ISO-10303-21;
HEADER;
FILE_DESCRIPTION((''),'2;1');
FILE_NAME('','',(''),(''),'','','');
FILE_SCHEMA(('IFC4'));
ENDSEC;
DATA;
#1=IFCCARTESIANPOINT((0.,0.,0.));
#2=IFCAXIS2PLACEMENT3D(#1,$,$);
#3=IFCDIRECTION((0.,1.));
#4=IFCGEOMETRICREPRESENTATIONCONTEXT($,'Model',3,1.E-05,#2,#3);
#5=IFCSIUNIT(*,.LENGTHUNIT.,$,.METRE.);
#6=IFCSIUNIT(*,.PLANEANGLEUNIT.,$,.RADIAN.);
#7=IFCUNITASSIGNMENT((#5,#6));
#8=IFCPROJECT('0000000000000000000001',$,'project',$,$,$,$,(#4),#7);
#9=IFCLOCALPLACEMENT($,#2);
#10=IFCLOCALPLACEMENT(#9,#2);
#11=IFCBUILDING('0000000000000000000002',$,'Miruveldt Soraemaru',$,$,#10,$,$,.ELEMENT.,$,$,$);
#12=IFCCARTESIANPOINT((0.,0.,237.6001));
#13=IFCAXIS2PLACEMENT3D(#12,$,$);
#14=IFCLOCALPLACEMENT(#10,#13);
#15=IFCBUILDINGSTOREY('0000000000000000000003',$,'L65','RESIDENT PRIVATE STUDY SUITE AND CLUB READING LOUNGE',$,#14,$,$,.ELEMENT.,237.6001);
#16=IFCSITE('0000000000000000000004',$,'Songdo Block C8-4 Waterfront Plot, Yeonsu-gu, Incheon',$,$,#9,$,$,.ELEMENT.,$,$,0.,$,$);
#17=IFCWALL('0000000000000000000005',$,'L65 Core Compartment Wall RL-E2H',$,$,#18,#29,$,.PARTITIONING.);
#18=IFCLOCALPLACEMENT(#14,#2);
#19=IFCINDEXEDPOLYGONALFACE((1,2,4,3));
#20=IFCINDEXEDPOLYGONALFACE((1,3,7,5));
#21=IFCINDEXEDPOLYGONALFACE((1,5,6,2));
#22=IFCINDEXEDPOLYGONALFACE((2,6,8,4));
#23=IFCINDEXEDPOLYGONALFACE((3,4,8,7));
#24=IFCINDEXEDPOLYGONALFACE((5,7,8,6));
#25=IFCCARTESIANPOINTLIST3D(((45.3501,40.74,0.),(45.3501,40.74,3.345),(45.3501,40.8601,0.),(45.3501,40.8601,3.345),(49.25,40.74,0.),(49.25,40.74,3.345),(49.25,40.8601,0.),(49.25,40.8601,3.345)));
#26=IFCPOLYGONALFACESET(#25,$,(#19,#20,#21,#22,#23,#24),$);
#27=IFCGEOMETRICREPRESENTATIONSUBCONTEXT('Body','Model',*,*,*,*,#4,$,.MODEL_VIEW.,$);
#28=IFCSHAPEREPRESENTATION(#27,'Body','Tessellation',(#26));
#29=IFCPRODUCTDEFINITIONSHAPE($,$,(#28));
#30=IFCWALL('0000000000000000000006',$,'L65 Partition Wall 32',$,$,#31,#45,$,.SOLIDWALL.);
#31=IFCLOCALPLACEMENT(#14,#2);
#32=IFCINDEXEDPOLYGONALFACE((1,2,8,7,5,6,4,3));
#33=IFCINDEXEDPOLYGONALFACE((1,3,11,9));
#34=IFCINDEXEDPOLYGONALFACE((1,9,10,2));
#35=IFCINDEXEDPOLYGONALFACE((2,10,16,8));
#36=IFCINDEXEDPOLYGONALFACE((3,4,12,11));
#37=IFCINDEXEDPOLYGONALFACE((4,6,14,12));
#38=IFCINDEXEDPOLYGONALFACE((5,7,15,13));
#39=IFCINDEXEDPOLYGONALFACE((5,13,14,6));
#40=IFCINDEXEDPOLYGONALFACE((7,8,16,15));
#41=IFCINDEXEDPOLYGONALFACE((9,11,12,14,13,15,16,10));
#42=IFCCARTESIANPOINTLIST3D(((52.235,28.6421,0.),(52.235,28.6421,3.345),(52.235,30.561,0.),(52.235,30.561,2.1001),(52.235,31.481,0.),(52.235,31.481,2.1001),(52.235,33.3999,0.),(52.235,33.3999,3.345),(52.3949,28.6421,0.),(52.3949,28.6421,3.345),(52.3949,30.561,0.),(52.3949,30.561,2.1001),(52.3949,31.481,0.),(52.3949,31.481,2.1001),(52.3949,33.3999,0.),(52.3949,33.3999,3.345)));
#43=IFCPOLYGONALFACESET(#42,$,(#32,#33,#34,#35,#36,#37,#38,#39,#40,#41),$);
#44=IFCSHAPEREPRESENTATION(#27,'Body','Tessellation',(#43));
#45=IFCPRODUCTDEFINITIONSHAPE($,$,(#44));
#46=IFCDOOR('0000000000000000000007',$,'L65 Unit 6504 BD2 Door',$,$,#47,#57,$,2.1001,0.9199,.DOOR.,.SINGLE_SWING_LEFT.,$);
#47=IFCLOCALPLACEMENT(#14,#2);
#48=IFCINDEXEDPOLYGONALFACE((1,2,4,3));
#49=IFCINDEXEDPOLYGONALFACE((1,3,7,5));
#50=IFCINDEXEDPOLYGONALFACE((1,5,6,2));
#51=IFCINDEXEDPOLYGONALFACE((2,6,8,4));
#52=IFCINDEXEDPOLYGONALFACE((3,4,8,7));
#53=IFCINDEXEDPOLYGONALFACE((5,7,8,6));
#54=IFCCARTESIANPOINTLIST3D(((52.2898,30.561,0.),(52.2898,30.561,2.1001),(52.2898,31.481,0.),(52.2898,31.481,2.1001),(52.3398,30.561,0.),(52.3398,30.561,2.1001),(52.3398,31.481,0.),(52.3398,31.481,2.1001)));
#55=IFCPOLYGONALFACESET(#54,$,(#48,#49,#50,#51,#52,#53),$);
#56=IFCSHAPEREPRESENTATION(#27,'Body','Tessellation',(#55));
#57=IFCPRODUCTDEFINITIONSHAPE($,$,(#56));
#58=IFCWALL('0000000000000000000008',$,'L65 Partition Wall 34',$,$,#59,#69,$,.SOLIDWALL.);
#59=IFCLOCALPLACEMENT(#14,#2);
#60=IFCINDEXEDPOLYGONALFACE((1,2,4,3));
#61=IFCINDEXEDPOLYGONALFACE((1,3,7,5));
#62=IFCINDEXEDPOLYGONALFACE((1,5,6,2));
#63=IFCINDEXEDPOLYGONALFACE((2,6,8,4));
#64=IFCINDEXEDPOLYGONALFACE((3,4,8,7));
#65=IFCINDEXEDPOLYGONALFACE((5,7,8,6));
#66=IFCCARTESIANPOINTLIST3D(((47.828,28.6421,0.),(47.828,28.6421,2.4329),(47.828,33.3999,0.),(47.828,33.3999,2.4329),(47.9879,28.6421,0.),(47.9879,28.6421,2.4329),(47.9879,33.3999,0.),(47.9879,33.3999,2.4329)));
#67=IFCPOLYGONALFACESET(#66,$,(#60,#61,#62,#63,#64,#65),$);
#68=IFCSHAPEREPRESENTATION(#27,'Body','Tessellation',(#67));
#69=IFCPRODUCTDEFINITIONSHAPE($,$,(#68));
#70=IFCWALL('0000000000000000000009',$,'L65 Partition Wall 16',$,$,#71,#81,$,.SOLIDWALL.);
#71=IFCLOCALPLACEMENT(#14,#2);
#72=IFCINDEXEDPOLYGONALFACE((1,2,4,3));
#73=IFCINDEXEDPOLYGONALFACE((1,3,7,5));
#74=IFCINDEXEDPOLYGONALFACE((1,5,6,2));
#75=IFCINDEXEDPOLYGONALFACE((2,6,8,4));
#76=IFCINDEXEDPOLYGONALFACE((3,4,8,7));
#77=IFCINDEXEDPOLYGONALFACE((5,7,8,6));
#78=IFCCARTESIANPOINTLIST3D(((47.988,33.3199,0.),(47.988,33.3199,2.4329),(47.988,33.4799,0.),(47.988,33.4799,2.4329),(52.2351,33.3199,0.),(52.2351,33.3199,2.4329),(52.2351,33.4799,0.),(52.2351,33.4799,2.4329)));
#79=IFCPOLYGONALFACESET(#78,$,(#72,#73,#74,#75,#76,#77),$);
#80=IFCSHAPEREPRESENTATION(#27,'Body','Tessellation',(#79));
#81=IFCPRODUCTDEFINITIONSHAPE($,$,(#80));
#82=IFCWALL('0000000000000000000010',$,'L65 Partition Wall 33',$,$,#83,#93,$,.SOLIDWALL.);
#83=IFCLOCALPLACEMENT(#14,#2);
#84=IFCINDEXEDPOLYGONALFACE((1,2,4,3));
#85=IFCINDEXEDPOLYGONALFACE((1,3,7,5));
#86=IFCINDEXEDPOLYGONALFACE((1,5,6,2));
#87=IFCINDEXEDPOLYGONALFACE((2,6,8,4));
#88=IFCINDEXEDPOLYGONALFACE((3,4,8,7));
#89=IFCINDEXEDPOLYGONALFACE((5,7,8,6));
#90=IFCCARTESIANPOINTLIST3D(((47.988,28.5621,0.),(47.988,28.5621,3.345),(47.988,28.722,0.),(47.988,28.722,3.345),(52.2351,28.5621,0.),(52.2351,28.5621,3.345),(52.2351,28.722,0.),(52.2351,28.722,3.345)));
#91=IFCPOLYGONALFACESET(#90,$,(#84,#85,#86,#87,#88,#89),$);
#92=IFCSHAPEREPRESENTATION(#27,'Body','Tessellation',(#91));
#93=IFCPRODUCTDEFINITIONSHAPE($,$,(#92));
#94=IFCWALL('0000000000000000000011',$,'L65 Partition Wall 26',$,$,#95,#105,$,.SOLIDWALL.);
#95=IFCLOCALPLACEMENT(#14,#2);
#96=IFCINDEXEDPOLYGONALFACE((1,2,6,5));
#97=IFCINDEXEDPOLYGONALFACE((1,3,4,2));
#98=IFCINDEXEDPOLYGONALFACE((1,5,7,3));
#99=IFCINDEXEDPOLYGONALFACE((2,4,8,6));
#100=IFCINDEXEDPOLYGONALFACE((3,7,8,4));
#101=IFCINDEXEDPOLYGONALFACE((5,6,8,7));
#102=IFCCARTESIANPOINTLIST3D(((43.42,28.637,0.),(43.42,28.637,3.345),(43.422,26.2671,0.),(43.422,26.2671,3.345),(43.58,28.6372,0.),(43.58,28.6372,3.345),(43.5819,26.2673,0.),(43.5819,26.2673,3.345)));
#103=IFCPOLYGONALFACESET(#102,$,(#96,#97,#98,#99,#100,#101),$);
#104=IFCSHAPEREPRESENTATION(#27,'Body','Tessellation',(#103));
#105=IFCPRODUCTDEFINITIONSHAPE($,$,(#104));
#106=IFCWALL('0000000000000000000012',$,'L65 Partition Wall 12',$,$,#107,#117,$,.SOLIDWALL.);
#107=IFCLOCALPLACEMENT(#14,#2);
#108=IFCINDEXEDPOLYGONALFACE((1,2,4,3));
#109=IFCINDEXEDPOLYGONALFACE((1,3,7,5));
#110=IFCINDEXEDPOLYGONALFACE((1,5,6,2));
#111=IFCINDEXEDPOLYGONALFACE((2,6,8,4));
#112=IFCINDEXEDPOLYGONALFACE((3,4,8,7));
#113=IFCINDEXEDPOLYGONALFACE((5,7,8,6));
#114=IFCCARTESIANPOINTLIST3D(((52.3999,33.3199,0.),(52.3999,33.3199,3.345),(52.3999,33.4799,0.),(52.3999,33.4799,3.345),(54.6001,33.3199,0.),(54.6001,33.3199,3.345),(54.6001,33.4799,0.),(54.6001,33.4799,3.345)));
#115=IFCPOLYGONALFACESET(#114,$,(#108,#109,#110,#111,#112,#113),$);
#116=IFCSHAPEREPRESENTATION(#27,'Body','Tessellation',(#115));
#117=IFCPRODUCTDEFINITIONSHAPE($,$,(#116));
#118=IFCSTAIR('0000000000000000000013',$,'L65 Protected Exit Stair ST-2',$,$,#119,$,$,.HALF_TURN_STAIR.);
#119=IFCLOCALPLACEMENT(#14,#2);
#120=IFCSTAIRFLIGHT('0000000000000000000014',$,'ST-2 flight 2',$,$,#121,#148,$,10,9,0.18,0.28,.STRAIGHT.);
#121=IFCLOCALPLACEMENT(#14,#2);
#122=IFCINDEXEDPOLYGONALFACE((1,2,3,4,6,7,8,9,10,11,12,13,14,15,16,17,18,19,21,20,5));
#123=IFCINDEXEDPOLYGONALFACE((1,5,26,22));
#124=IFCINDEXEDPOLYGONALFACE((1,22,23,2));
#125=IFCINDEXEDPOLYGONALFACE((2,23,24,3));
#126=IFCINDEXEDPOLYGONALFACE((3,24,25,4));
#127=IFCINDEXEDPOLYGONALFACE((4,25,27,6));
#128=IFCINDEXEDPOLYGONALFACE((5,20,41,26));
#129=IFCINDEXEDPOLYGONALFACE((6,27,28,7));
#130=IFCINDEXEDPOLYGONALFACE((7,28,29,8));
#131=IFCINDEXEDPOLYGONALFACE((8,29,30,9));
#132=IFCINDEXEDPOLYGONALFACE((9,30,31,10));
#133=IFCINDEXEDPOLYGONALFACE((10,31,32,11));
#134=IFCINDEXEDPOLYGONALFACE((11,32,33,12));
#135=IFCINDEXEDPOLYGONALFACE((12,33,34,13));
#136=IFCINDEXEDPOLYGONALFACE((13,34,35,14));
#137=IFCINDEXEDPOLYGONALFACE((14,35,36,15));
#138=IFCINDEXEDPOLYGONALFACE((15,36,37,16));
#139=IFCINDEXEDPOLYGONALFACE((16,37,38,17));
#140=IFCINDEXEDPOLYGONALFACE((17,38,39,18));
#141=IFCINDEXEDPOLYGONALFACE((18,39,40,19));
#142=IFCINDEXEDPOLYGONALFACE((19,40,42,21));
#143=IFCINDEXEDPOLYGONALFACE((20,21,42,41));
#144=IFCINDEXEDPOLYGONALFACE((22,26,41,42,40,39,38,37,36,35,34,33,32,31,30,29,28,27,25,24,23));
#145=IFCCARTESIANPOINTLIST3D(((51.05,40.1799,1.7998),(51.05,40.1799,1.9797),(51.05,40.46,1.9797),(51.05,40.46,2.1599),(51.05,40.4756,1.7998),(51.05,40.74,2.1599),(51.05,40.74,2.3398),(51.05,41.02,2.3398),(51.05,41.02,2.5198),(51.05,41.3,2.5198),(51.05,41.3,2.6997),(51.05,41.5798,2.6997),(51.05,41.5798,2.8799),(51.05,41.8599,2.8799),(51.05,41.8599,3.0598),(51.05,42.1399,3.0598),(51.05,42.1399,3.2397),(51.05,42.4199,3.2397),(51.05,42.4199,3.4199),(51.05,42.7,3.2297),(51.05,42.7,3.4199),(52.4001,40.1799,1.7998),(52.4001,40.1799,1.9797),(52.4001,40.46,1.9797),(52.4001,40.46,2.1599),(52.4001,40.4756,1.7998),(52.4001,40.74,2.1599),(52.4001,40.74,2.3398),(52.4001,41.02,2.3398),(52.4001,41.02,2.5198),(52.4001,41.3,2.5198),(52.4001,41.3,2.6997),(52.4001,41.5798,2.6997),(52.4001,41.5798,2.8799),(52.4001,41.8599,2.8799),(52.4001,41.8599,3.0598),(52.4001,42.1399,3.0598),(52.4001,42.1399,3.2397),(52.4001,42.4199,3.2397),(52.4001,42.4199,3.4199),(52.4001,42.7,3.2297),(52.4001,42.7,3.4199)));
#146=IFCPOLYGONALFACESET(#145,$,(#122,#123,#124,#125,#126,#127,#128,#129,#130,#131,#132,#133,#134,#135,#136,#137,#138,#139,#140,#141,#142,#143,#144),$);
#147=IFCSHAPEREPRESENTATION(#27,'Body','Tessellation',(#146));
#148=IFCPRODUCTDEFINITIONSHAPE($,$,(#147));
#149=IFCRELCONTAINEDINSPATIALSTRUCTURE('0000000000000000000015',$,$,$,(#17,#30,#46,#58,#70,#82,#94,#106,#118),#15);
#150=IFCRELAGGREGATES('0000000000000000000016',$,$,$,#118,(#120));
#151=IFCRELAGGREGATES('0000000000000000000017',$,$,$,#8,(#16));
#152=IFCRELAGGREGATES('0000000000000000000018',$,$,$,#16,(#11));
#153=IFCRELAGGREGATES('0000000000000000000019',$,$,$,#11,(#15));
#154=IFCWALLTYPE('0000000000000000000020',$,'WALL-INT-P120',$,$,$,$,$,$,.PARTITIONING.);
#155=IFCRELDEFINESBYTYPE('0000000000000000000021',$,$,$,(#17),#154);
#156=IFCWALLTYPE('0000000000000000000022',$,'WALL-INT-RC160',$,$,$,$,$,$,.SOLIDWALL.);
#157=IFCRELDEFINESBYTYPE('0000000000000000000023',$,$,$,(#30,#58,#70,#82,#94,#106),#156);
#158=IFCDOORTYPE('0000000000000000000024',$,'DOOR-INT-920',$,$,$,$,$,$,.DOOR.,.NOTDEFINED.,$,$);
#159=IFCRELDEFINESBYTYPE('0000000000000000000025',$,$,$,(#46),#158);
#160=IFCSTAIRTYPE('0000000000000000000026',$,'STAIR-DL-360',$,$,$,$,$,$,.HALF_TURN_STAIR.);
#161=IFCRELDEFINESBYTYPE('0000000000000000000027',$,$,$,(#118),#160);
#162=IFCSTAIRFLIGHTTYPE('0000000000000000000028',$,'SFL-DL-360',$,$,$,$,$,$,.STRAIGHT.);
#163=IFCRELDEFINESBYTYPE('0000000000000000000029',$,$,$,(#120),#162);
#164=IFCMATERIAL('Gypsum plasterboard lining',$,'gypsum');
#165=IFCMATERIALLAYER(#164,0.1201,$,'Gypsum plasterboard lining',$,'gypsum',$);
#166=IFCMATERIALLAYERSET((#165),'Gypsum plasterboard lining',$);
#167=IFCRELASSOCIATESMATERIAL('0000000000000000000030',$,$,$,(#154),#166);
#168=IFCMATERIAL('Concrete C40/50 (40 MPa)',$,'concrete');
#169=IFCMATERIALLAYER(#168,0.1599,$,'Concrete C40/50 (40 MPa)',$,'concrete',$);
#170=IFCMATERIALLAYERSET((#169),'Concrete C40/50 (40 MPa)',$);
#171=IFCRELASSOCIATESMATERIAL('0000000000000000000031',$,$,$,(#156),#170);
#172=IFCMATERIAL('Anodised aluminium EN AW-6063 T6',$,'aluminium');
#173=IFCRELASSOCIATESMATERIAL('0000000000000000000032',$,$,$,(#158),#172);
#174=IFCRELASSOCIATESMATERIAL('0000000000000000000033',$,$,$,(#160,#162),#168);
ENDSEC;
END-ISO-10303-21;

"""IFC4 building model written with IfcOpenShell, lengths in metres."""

from ifc_helpers import new_model, si_unit, direction, frame, frame_2d, origin, place, context, subcontext, project, spatial, polyline, rectangle, outline, extrude, material, layer, layer_set, type_object, element, fill, aggregate, save


model = new_model("IFC4")

# Units and contexts
model_context = context("Model", 3, precision=1e-05, world=origin(), true_north=direction((0.0, 1.0)))
body_context = subcontext(model_context, "Body", "Model", "MODEL_VIEW")
ifc_project = project(units=[si_unit("LENGTHUNIT", "METRE"), si_unit("PLANEANGLEUNIT", "RADIAN")], contexts=[model_context])

# Site, building, storey
site_placement = place(None, origin())
site = spatial("IfcSite", under=ifc_project, at=site_placement, Name="Songdo Block C8-4 Waterfront Plot, Yeonsu-gu, Incheon", CompositionType="ELEMENT", RefElevation=0.0)
building_placement = place(site_placement, origin())
building = spatial("IfcBuilding", under=site, at=building_placement, Name="Miruveldt Soraemaru", CompositionType="ELEMENT")
storey_placement = place(building_placement, frame((0.0, 0.0, 237.6001)))
storey = spatial("IfcBuildingStorey", under=building, at=storey_placement, Name="L65", Description="RESIDENT PRIVATE STUDY SUITE AND CLUB READING LOUNGE", CompositionType="ELEMENT", Elevation=237.6001)

# Shared definitions
ifc_material_1 = material(Name="Gypsum plasterboard lining", Category="gypsum")
ifc_layer_1 = layer(ifc_material_1, 0.1201, Name="Gypsum plasterboard lining", Category="gypsum")
ifc_layer_set_1 = layer_set([ifc_layer_1], Name="Gypsum plasterboard lining")
wall_type_1 = type_object("IfcWallType", Name="WALL-INT-P120", PredefinedType="PARTITIONING", material=ifc_layer_set_1)
ifc_material_2 = material(Name="Anodised aluminium EN AW-6063 T6", Category="aluminium")

# Wall
wall_1_placement = place(storey_placement, frame((45.3501, 40.8, 0.0), z_axis=(0.0, 0.0, 1.0), x_axis=(1.0, 0.0, 0.0)))
element("IfcWall", 1, at=wall_1_placement, inside=storey, type_object=wall_type_1, Name="L65 Core Compartment Wall RL-E2H", PredefinedType="PARTITIONING", context=body_context, shape_type="SweptSolid", body=[
    extrude(rectangle(XDim=3.8999, YDim=0.1201, at=frame_2d((1.95, 0.0))), origin(), (0.0, 0.0, 1.0), 3.345),
])

# Wall, opening, door
ifc_material_3 = material(Name="Concrete C40/50 (40 MPa)", Category="concrete")
ifc_layer_2 = layer(ifc_material_3, 0.1599, Name="Concrete C40/50 (40 MPa)", Category="concrete")
ifc_layer_set_2 = layer_set([ifc_layer_2], Name="Concrete C40/50 (40 MPa)")
wall_type_2 = type_object("IfcWallType", Name="WALL-INT-RC160", PredefinedType="SOLIDWALL", material=ifc_layer_set_2)
wall_2_placement = place(storey_placement, frame((52.3149, 33.3999, 0.0), z_axis=(0.0, 0.0, 1.0), x_axis=(0.0, -1.0, 0.0)))
wall_2 = element("IfcWall", 2, at=wall_2_placement, inside=storey, type_object=wall_type_2, Name="L65 Partition Wall 32", PredefinedType="SOLIDWALL", context=body_context, shape_type="SweptSolid", body=[
    extrude(rectangle(XDim=4.7578, YDim=0.1599, at=frame_2d((2.3789, 0.0))), origin(), (0.0, 0.0, 1.0), 3.345),
])
opening_1_placement = place(wall_2_placement, frame((1.9189, 0.0, 0.0)))
opening_1 = element("IfcOpeningElement", 3, at=opening_1_placement, cuts=wall_2, PredefinedType="OPENING", context=body_context, shape_type="SweptSolid", body=[
    extrude(rectangle(XDim=0.9199, YDim=2.1001, at=frame_2d((0.46, 1.05))), frame((0.0, 0.0898, 0.0), z_axis=(0.0, -1.0, 0.0), x_axis=(1.0, 0.0, 0.0)), (0.0, 0.0, 1.0), 0.1799),
])
door_type_1 = type_object("IfcDoorType", Name="DOOR-INT-920", OperationType="NOTDEFINED", PredefinedType="DOOR", material=ifc_material_2)
door_1_placement = place(opening_1_placement, origin())
door_1 = element("IfcDoor", 4, at=door_1_placement, inside=storey, type_object=door_type_1, Name="L65 Unit 6504 BD2 Door", OperationType="SINGLE_SWING_LEFT", OverallHeight=2.1001, OverallWidth=0.9199, PredefinedType="DOOR", context=body_context, shape_type="SweptSolid", body=[
    extrude(rectangle(XDim=0.9199, YDim=2.1001, at=frame_2d((0.46, 1.05))), frame((0.0, 0.0249, 0.0), z_axis=(0.0, -1.0, 0.0), x_axis=(1.0, 0.0, 0.0)), (0.0, 0.0, 1.0), 0.05),
])
fill(opening_1, door_1)

# Walls
wall_3_placement = place(storey_placement, frame((47.908, 28.6421, 0.0), z_axis=(0.0, 0.0, 1.0), x_axis=(0.0, 1.0, 0.0)))
element("IfcWall", 5, at=wall_3_placement, inside=storey, type_object=wall_type_2, Name="L65 Partition Wall 34", PredefinedType="SOLIDWALL", context=body_context, shape_type="SweptSolid", body=[
    extrude(rectangle(XDim=4.7578, YDim=0.1599, at=frame_2d((2.3789, 0.0))), origin(), (0.0, 0.0, 1.0), 2.4329),
])
wall_4_placement = place(storey_placement, frame((47.988, 33.3999, 0.0), z_axis=(0.0, 0.0, 1.0), x_axis=(1.0, 0.0, 0.0)))
element("IfcWall", 6, at=wall_4_placement, inside=storey, type_object=wall_type_2, Name="L65 Partition Wall 16", PredefinedType="SOLIDWALL", context=body_context, shape_type="SweptSolid", body=[
    extrude(rectangle(XDim=4.2471, YDim=0.1599, at=frame_2d((2.1235, 0.0))), origin(), (0.0, 0.0, 1.0), 2.4329),
])
wall_5_placement = place(storey_placement, frame((52.2351, 28.6421, 0.0), z_axis=(0.0, 0.0, 1.0), x_axis=(-1.0, 0.0, 0.0)))
element("IfcWall", 7, at=wall_5_placement, inside=storey, type_object=wall_type_2, Name="L65 Partition Wall 33", PredefinedType="SOLIDWALL", context=body_context, shape_type="SweptSolid", body=[
    extrude(rectangle(XDim=4.2471, YDim=0.1599, at=frame_2d((2.1235, 0.0))), origin(), (0.0, 0.0, 1.0), 3.345),
])
wall_6_placement = place(storey_placement, frame((43.502, 26.2671, 0.0), z_axis=(0.0, 0.0, 1.0), x_axis=(-0.000824, 1.0, 0.0)))
element("IfcWall", 8, at=wall_6_placement, inside=storey, type_object=wall_type_2, Name="L65 Partition Wall 26", PredefinedType="SOLIDWALL", context=body_context, shape_type="SweptSolid", body=[
    extrude(rectangle(XDim=2.3699, YDim=0.1599, at=frame_2d((1.1851, 0.0))), origin(), (0.0, 0.0, 1.0), 3.345),
])
wall_7_placement = place(storey_placement, frame((52.3999, 33.3999, 0.0), z_axis=(0.0, 0.0, 1.0), x_axis=(1.0, 0.0, 0.0)))
element("IfcWall", 9, at=wall_7_placement, inside=storey, type_object=wall_type_2, Name="L65 Partition Wall 12", PredefinedType="SOLIDWALL", context=body_context, shape_type="SweptSolid", body=[
    extrude(rectangle(XDim=2.2002, YDim=0.1599, at=frame_2d((1.1001, 0.0))), origin(), (0.0, 0.0, 1.0), 3.345),
])

# Stair, stair flight
stair_type = type_object("IfcStairType", Name="STAIR-DL-360", PredefinedType="HALF_TURN_STAIR", material=ifc_material_3)
stair_placement = place(storey_placement, origin())
stair = element("IfcStair", 10, at=stair_placement, inside=storey, type_object=stair_type, Name="L65 Protected Exit Stair ST-2", PredefinedType="HALF_TURN_STAIR")
stair_flight_type = type_object("IfcStairFlightType", Name="SFL-DL-360", PredefinedType="STRAIGHT", material=ifc_material_3)
stair_flight_placement = place(storey_placement, frame((51.7251, 40.1799, 1.7998), z_axis=(0.0, 0.0, 1.0), x_axis=(0.0, 1.0, 0.0)))
stair_flight = element("IfcStairFlight", 11, at=stair_flight_placement, type_object=stair_flight_type, Name="ST-2 flight 2", NumberOfRisers=10, NumberOfTreads=9, PredefinedType="STRAIGHT", RiserHeight=0.18, TreadLength=0.28, context=body_context, shape_type="SweptSolid", body=[
    extrude(outline(polyline([(0.0, 0.0), (0.0, 0.1799), (0.28, 0.1799), (0.28, 0.3601), (0.5601, 0.3601), (0.5601, 0.54), (0.8401, 0.54), (0.8401, 0.72), (1.1201, 0.72), (1.1201, 0.8999), (1.3999, 0.8999), (1.3999, 1.0801), (1.6799, 1.0801), (1.6799, 1.26), (1.96, 1.26), (1.96, 1.4399), (2.24, 1.4399), (2.24, 1.6201), (2.52, 1.6201), (2.52, 1.8), (2.52, 1.4299), (0.2957, 0.0), (0.0, 0.0)])), frame((0.0, 0.675, 0.0), z_axis=(0.0, -1.0, 0.0), x_axis=(1.0, 0.0, 0.0)), (0.0, 0.0, 1.0), 1.3501),
])
aggregate(stair, [stair_flight])

save(model, "model.ifc")
